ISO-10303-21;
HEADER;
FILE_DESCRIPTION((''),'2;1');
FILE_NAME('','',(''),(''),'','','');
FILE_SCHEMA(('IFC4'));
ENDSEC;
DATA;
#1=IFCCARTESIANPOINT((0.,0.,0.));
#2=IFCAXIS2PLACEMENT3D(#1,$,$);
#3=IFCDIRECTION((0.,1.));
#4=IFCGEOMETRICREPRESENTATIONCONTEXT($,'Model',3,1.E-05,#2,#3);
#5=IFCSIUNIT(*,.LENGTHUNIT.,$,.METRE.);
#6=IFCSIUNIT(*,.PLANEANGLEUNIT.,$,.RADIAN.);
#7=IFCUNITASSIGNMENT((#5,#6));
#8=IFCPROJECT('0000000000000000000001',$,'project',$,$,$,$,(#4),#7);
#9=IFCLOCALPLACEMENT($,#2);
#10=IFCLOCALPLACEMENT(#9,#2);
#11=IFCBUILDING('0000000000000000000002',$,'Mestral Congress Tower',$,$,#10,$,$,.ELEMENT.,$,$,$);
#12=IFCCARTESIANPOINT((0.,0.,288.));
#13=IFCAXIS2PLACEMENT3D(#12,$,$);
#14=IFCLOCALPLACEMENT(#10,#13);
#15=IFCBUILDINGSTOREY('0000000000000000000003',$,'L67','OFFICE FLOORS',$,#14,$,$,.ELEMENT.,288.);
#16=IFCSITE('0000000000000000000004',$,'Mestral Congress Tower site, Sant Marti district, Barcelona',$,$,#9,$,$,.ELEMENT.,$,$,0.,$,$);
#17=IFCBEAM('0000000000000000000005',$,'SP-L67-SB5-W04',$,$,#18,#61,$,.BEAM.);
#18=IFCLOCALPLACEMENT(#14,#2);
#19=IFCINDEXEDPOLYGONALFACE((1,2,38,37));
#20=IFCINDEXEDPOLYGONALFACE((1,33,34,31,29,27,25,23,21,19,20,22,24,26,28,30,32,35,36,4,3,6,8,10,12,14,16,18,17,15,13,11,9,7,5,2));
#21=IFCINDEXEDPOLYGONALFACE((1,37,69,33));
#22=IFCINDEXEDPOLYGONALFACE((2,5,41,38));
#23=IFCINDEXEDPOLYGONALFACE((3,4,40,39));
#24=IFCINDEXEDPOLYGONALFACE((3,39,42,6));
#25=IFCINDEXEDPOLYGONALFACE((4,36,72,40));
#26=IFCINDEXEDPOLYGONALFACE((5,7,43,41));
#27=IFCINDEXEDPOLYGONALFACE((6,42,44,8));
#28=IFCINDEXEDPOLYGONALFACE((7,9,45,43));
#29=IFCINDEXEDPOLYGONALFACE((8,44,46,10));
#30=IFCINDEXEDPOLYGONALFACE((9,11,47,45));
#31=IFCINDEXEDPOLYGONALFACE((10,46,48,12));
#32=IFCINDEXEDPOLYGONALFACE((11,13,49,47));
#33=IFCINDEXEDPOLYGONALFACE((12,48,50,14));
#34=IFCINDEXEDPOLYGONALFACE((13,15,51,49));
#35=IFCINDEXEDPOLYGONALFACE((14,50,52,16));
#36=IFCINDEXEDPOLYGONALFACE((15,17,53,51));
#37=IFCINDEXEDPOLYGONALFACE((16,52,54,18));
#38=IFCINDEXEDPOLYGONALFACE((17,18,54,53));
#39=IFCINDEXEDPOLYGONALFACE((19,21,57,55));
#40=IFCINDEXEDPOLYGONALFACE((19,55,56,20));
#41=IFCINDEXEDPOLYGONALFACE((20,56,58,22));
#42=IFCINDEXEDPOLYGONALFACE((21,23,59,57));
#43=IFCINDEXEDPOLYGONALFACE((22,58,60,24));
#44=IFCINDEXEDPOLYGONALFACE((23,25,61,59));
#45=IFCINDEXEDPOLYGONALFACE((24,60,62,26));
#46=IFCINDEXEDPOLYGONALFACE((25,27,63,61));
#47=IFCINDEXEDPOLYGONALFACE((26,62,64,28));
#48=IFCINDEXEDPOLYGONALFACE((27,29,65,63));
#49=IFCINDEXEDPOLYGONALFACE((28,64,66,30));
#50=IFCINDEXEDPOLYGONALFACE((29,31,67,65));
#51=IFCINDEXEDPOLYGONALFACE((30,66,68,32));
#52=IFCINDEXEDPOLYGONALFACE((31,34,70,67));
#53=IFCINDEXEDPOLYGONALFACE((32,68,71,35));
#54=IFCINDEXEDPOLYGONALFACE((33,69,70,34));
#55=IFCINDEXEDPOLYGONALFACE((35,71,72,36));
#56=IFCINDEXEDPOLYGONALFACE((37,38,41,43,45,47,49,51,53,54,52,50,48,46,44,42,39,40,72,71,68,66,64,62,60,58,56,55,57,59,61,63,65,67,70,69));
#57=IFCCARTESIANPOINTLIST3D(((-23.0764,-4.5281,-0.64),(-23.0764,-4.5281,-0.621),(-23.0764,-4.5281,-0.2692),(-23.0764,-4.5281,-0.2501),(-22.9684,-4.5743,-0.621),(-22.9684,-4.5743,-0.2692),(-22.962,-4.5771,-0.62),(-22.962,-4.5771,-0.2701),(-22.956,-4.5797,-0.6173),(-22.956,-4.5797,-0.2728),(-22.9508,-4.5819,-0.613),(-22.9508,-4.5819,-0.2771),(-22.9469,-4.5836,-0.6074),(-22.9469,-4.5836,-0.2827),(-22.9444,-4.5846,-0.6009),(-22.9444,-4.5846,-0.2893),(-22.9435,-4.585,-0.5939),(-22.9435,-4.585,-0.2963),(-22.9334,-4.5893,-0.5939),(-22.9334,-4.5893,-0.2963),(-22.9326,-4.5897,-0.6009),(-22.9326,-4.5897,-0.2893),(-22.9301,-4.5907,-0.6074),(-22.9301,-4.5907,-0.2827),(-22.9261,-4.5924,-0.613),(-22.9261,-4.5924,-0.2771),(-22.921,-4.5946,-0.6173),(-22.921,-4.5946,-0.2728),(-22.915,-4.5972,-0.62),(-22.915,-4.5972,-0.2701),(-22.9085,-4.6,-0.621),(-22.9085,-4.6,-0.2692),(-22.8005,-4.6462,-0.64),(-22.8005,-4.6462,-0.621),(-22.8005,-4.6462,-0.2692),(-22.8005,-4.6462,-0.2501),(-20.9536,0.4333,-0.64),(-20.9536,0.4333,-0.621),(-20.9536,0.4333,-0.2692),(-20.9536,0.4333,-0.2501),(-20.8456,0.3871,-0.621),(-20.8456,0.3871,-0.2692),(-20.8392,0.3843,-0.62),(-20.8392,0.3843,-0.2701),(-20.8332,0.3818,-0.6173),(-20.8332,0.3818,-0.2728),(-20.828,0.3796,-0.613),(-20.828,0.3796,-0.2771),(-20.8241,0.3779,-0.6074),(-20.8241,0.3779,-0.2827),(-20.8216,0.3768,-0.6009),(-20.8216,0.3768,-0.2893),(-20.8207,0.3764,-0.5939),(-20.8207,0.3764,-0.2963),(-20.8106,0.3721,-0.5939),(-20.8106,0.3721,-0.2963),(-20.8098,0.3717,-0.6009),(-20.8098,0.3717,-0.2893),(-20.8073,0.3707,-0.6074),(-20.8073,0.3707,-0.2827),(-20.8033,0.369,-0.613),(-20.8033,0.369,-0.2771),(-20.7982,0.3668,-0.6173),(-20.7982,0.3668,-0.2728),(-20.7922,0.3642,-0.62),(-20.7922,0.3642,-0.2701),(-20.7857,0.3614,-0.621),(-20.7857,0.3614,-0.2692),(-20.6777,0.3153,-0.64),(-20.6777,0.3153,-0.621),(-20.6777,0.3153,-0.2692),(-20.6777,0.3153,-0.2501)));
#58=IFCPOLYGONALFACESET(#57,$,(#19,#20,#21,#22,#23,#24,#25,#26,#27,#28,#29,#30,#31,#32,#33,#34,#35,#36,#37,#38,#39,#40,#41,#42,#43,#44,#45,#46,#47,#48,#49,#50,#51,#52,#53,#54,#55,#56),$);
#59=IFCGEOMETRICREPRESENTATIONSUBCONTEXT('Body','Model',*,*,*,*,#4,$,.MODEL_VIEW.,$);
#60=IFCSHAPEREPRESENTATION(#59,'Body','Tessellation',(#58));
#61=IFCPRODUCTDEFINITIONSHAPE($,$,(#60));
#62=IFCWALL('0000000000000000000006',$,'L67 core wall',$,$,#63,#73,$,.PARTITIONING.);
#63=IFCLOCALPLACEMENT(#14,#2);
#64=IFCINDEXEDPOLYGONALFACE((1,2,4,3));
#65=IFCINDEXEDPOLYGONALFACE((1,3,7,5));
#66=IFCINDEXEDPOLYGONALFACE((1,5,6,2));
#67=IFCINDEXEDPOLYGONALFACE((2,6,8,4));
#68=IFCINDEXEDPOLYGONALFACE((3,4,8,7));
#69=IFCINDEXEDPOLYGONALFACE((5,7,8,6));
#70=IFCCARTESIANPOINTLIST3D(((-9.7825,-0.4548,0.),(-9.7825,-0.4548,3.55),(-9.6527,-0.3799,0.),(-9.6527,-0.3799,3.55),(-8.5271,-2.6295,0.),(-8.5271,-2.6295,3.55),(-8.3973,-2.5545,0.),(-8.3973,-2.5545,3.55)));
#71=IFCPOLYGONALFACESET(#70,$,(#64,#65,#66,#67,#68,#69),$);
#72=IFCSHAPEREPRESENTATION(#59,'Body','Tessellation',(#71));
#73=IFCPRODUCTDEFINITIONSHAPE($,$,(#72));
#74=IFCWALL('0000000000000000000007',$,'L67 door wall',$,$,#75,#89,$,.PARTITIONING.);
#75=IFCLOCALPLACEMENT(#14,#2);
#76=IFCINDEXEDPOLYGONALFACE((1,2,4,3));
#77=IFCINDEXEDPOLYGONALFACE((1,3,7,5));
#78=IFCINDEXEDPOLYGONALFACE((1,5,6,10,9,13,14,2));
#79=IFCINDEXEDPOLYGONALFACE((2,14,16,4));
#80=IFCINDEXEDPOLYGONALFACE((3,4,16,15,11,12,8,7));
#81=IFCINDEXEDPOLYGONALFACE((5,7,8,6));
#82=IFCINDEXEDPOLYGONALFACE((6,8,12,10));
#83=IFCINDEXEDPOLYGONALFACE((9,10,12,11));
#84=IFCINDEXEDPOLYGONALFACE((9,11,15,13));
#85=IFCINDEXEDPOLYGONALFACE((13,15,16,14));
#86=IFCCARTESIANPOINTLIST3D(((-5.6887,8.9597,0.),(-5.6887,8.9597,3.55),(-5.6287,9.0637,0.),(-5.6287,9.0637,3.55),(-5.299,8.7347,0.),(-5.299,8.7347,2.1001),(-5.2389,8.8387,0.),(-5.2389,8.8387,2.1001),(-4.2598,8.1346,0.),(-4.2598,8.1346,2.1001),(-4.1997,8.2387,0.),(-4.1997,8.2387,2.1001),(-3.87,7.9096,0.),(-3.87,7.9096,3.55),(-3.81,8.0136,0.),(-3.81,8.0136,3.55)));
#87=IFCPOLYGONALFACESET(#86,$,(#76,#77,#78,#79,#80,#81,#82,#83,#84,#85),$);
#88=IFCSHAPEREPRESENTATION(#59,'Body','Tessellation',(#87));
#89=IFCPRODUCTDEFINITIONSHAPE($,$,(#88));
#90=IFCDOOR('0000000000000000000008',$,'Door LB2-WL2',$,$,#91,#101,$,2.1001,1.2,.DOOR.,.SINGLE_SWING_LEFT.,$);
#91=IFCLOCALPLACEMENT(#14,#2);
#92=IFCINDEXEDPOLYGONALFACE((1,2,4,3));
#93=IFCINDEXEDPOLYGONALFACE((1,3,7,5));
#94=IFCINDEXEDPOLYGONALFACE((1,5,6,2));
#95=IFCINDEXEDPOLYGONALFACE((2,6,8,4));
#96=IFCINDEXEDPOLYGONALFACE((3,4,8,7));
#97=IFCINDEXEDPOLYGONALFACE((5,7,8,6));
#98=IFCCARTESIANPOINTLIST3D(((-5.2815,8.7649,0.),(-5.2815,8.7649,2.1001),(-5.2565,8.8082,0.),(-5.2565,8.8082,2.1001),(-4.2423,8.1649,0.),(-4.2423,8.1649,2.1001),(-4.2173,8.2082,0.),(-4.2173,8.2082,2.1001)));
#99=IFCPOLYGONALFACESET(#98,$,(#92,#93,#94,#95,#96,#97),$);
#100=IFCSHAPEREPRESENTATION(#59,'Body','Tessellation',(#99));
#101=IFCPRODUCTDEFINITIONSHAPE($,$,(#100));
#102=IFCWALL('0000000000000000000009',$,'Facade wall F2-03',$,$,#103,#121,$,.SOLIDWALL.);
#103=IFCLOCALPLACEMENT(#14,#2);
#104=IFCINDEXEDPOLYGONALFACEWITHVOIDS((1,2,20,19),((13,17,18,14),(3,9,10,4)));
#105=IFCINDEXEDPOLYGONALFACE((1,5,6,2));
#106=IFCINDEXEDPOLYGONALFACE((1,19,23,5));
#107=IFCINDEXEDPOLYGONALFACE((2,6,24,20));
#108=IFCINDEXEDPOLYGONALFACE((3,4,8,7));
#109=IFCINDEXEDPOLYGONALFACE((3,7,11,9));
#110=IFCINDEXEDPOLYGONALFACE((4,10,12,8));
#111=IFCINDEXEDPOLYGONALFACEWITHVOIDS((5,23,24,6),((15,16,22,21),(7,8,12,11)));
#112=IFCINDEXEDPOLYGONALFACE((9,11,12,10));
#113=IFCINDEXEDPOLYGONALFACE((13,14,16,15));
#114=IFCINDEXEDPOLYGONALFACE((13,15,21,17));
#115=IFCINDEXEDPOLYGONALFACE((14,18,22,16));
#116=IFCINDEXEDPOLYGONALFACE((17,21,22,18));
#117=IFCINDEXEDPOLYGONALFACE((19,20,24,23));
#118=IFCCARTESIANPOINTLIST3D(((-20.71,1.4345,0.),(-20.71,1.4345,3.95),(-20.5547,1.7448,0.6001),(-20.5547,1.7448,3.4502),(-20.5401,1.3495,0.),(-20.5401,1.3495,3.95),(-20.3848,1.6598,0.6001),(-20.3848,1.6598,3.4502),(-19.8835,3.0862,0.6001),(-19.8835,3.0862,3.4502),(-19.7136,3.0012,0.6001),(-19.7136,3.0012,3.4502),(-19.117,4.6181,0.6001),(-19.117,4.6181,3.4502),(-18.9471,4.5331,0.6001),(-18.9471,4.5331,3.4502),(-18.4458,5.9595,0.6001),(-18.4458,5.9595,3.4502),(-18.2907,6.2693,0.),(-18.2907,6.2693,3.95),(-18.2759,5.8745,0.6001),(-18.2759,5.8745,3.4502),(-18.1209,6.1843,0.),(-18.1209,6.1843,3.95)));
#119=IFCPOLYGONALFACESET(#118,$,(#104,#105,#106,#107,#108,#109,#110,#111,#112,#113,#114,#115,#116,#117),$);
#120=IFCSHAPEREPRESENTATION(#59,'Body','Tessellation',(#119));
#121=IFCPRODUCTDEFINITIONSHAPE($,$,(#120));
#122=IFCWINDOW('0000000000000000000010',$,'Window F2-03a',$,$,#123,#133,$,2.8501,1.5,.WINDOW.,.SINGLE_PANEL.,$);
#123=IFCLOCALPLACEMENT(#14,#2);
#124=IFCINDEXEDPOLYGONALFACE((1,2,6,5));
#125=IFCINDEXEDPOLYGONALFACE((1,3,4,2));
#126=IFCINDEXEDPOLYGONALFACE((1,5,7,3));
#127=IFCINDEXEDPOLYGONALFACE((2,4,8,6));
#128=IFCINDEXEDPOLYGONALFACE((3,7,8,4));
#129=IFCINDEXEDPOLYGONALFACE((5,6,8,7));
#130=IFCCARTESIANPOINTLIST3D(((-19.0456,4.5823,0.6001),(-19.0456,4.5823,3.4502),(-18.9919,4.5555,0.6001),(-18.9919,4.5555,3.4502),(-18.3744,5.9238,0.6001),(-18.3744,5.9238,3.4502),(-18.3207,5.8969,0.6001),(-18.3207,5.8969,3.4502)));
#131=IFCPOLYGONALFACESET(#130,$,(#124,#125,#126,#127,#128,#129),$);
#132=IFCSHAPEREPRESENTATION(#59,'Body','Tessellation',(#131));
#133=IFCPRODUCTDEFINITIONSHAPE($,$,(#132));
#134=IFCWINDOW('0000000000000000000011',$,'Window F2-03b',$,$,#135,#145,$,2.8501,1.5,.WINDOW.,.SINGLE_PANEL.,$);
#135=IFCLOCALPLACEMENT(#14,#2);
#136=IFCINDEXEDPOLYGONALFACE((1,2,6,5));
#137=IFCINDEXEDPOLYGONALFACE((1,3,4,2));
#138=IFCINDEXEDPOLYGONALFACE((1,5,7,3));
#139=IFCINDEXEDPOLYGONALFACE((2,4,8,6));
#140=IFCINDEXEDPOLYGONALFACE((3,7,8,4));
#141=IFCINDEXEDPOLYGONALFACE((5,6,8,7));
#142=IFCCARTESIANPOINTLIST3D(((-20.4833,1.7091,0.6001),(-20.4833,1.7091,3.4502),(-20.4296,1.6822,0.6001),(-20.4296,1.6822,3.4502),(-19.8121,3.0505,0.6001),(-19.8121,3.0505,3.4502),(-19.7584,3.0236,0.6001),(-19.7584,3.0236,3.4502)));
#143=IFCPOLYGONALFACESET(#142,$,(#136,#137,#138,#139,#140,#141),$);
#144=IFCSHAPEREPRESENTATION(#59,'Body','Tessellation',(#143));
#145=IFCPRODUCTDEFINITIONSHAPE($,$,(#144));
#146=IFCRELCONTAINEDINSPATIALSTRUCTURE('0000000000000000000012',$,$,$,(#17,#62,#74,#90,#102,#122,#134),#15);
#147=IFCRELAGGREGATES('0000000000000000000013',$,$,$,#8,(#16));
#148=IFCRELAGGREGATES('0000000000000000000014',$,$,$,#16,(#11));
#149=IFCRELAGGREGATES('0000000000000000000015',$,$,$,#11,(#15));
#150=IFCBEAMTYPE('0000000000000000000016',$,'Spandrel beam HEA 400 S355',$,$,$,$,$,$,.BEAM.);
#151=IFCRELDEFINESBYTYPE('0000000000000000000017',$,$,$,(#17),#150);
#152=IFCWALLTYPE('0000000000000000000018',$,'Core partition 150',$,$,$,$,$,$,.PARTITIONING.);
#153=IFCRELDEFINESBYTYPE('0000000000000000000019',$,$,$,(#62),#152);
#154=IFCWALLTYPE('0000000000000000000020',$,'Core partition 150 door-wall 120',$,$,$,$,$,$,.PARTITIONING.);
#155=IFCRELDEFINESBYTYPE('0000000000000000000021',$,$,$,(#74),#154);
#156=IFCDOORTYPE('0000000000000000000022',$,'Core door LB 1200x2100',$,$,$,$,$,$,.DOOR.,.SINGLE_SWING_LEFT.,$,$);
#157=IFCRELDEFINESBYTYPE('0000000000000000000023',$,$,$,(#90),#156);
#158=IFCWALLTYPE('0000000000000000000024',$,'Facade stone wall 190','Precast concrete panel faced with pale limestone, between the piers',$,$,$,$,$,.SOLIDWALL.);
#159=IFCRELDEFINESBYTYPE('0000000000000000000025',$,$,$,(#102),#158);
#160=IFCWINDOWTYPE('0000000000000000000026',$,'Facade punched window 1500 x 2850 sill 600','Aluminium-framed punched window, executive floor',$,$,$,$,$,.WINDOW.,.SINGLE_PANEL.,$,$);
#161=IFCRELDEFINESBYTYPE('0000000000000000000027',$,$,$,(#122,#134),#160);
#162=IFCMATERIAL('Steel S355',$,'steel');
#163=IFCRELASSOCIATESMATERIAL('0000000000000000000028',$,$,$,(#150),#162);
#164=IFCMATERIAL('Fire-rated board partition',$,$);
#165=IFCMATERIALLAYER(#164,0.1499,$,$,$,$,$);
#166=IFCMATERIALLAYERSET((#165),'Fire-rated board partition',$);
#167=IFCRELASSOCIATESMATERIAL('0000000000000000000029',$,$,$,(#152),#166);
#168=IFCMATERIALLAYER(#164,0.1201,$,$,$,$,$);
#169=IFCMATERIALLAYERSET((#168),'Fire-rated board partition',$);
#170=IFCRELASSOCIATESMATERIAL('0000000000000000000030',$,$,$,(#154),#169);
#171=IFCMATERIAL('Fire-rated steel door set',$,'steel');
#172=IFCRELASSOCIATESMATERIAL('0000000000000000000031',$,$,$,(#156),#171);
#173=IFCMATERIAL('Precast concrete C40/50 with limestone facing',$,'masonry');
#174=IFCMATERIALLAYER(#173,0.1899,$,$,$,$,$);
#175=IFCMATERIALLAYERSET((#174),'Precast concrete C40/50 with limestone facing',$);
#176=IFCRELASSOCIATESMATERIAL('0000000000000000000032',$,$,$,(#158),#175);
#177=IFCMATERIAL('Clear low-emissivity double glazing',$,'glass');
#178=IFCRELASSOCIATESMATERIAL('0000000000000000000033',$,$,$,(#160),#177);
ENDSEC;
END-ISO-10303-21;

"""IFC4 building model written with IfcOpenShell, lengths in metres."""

from ifc_helpers import new_model, si_unit, direction, frame, frame_2d, origin, origin_2d, place, context, subcontext, project, spatial, rectangle, i_section, extrude, material, layer, layer_set, material_profile, profile_set, type_object, element, fill, save


model = new_model("IFC4")

# Units and contexts
model_context = context("Model", 3, precision=1e-05, world=origin(), true_north=direction((0.0, 1.0)))
body_context = subcontext(model_context, "Body", "Model", "MODEL_VIEW")
ifc_project = project(units=[si_unit("LENGTHUNIT", "METRE"), si_unit("PLANEANGLEUNIT", "RADIAN")], contexts=[model_context])

# Site, building, storey
site_placement = place(None, origin())
site = spatial("IfcSite", under=ifc_project, at=site_placement, Name="Mestral Congress Tower site, Sant Marti district, Barcelona", CompositionType="ELEMENT", RefElevation=0.0)
building_placement = place(site_placement, origin())
building = spatial("IfcBuilding", under=site, at=building_placement, Name="Mestral Congress Tower", CompositionType="ELEMENT")
storey_placement = place(building_placement, frame((0.0, 0.0, 288.0)))
storey = spatial("IfcBuildingStorey", under=building, at=storey_placement, Name="L67", Description="OFFICE FLOORS", CompositionType="ELEMENT", Elevation=288.0)

# Beam
ifc_material_1 = material(Name="Steel S355", Category="steel")
ifc_material_profile_1 = material_profile(ifc_material_1, i_section(OverallWidth=0.3, OverallDepth=0.3899, WebThickness=0.011, FlangeThickness=0.019, FilletRadius=0.0271, at=origin_2d()), Name="HEA 400")
ifc_profile_set_1 = profile_set([ifc_material_profile_1], Name="Steel S355")
beam_type_1 = type_object("IfcBeamType", Name="Spandrel beam HEA 400 S355", PredefinedType="BEAM", material=ifc_profile_set_1)
beam_1_placement = place(storey_placement, frame((-20.8157, 0.3743, -0.4451), z_axis=(-0.393368, -0.919381, 0.0), x_axis=(0.919381, -0.393368, 0.0)))
element("IfcBeam", 1, at=beam_1_placement, inside=storey, type_object=beam_type_1, Name="SP-L67-SB5-W04", PredefinedType="BEAM", context=body_context, shape_type="SweptSolid", body=[
    extrude(i_section(OverallWidth=0.3, OverallDepth=0.3899, WebThickness=0.011, FlangeThickness=0.019, FilletRadius=0.0271, at=origin_2d()), origin(), (0.0, 0.0, 1.0), 5.3965),
])

# Wall
ifc_material_2 = material(Name="Fire-rated board partition")
ifc_layer_1 = layer(ifc_material_2, 0.1499)
ifc_layer_set_1 = layer_set([ifc_layer_1], Name="Fire-rated board partition")
wall_type_1 = type_object("IfcWallType", Name="Core partition 150", PredefinedType="PARTITIONING", material=ifc_layer_set_1)
wall_1_placement = place(storey_placement, frame((-9.7175, -0.4175, 0.0), z_axis=(0.0, 0.0, 1.0), x_axis=(0.499967, -0.866045, 0.0)))
element("IfcWall", 2, at=wall_1_placement, inside=storey, type_object=wall_type_1, Name="L67 core wall", PredefinedType="PARTITIONING", context=body_context, shape_type="SweptSolid", body=[
    extrude(rectangle(XDim=2.511, YDim=0.1499, at=frame_2d((1.2554, 0.0))), origin(), (0.0, 0.0, 1.0), 3.55),
])

# Wall, opening, door
ifc_layer_2 = layer(ifc_material_2, 0.1201)
ifc_layer_set_2 = layer_set([ifc_layer_2], Name="Fire-rated board partition")
wall_type_2 = type_object("IfcWallType", Name="Core partition 150 door-wall 120", PredefinedType="PARTITIONING", material=ifc_layer_set_2)
wall_2_placement = place(storey_placement, frame((-5.6587, 9.0117, 0.0), z_axis=(0.0, 0.0, 1.0), x_axis=(0.866009, -0.500028, 0.0)))
wall_2 = element("IfcWall", 3, at=wall_2_placement, inside=storey, type_object=wall_type_2, Name="L67 door wall", PredefinedType="PARTITIONING", context=body_context, shape_type="SweptSolid", body=[
    extrude(rectangle(XDim=2.1001, YDim=0.1201, at=frame_2d((1.05, 0.0))), origin(), (0.0, 0.0, 1.0), 3.55),
])
opening_1_placement = place(wall_2_placement, frame((0.45, 0.0, 0.0)))
opening_1 = element("IfcOpeningElement", 4, at=opening_1_placement, cuts=wall_2, PredefinedType="OPENING", context=body_context, shape_type="SweptSolid", body=[
    extrude(rectangle(XDim=1.2, YDim=2.1001, at=frame_2d((0.6001, 1.05))), frame((0.0, 0.0701, 0.0), z_axis=(0.0, -1.0, 0.0), x_axis=(1.0, 0.0, 0.0)), (0.0, 0.0, 1.0), 0.1401),
])
ifc_material_3 = material(Name="Fire-rated steel door set", Category="steel")
door_type_1 = type_object("IfcDoorType", Name="Core door LB 1200x2100", OperationType="SINGLE_SWING_LEFT", PredefinedType="DOOR", material=ifc_material_3)
door_1_placement = place(opening_1_placement, origin())
door_1 = element("IfcDoor", 5, at=door_1_placement, inside=storey, type_object=door_type_1, Name="Door LB2-WL2", OperationType="SINGLE_SWING_LEFT", OverallHeight=2.1001, OverallWidth=1.2, PredefinedType="DOOR", context=body_context, shape_type="SweptSolid", body=[
    extrude(rectangle(XDim=1.2, YDim=2.1001, at=frame_2d((0.6001, 1.05))), frame((0.0, 0.0249, 0.0), z_axis=(0.0, -1.0, 0.0), x_axis=(1.0, 0.0, 0.0)), (0.0, 0.0, 1.0), 0.05),
])
fill(opening_1, door_1)

# Wall, openings, windows
ifc_material_4 = material(Name="Precast concrete C40/50 with limestone facing", Category="masonry")
ifc_layer_3 = layer(ifc_material_4, 0.1899)
ifc_layer_set_3 = layer_set([ifc_layer_3], Name="Precast concrete C40/50 with limestone facing")
wall_type_3 = type_object("IfcWallType", Name="Facade stone wall 190", Description="Precast concrete panel faced with pale limestone, between the piers", PredefinedType="SOLIDWALL", material=ifc_layer_set_3)
wall_3_placement = place(storey_placement, frame((-18.2058, 6.2268, 0.0), z_axis=(0.0, 0.0, 1.0), x_axis=(-0.447485, -0.894292, 0.0)))
wall_3 = element("IfcWall", 6, at=wall_3_placement, inside=storey, type_object=wall_type_3, Name="Facade wall F2-03", PredefinedType="SOLIDWALL", context=body_context, shape_type="SweptSolid", body=[
    extrude(rectangle(XDim=5.4062, YDim=0.1899, at=frame_2d((2.7031, 0.0))), origin(), (0.0, 0.0, 1.0), 3.95),
])
opening_2_placement = place(wall_3_placement, frame((0.3464, 0.0, 0.6001)))
opening_2 = element("IfcOpeningElement", 7, at=opening_2_placement, cuts=wall_3, PredefinedType="OPENING", context=body_context, shape_type="SweptSolid", body=[
    extrude(rectangle(XDim=1.5, YDim=2.8501, at=frame_2d((0.75, 1.425))), frame((0.0, 0.105, 0.0), z_axis=(0.0, -1.0, 0.0), x_axis=(1.0, 0.0, 0.0)), (0.0, 0.0, 1.0), 0.21),
])
opening_3_placement = place(wall_3_placement, frame((3.5593, 0.0, 0.6001)))
opening_3 = element("IfcOpeningElement", 8, at=opening_3_placement, cuts=wall_3, PredefinedType="OPENING", context=body_context, shape_type="SweptSolid", body=[
    extrude(rectangle(XDim=1.5, YDim=2.8501, at=frame_2d((0.75, 1.425))), frame((0.0, 0.105, 0.0), z_axis=(0.0, -1.0, 0.0), x_axis=(1.0, 0.0, 0.0)), (0.0, 0.0, 1.0), 0.21),
])
ifc_material_5 = material(Name="Clear low-emissivity double glazing", Category="glass")
window_type = type_object("IfcWindowType", Name="Facade punched window 1500 x 2850 sill 600", Description="Aluminium-framed punched window, executive floor", PartitioningType="SINGLE_PANEL", PredefinedType="WINDOW", material=ifc_material_5)
window_1_placement = place(opening_2_placement, origin())
window_1 = element("IfcWindow", 9, at=window_1_placement, inside=storey, type_object=window_type, Name="Window F2-03a", OverallHeight=2.8501, OverallWidth=1.5, PartitioningType="SINGLE_PANEL", PredefinedType="WINDOW", context=body_context, shape_type="SweptSolid", body=[
    extrude(rectangle(XDim=1.5, YDim=2.8501, at=frame_2d((0.75, 1.425))), frame((0.0, 0.0449, 0.0), z_axis=(0.0, -1.0, 0.0), x_axis=(1.0, 0.0, 0.0)), (0.0, 0.0, 1.0), 0.0601),
])
fill(opening_2, window_1)
window_2_placement = place(opening_3_placement, origin())
window_2 = element("IfcWindow", 10, at=window_2_placement, inside=storey, type_object=window_type, Name="Window F2-03b", OverallHeight=2.8501, OverallWidth=1.5, PartitioningType="SINGLE_PANEL", PredefinedType="WINDOW", context=body_context, shape_type="SweptSolid", body=[
    extrude(rectangle(XDim=1.5, YDim=2.8501, at=frame_2d((0.75, 1.425))), frame((0.0, 0.0449, 0.0), z_axis=(0.0, -1.0, 0.0), x_axis=(1.0, 0.0, 0.0)), (0.0, 0.0, 1.0), 0.0601),
])
fill(opening_3, window_2)

save(model, "model.ifc")
